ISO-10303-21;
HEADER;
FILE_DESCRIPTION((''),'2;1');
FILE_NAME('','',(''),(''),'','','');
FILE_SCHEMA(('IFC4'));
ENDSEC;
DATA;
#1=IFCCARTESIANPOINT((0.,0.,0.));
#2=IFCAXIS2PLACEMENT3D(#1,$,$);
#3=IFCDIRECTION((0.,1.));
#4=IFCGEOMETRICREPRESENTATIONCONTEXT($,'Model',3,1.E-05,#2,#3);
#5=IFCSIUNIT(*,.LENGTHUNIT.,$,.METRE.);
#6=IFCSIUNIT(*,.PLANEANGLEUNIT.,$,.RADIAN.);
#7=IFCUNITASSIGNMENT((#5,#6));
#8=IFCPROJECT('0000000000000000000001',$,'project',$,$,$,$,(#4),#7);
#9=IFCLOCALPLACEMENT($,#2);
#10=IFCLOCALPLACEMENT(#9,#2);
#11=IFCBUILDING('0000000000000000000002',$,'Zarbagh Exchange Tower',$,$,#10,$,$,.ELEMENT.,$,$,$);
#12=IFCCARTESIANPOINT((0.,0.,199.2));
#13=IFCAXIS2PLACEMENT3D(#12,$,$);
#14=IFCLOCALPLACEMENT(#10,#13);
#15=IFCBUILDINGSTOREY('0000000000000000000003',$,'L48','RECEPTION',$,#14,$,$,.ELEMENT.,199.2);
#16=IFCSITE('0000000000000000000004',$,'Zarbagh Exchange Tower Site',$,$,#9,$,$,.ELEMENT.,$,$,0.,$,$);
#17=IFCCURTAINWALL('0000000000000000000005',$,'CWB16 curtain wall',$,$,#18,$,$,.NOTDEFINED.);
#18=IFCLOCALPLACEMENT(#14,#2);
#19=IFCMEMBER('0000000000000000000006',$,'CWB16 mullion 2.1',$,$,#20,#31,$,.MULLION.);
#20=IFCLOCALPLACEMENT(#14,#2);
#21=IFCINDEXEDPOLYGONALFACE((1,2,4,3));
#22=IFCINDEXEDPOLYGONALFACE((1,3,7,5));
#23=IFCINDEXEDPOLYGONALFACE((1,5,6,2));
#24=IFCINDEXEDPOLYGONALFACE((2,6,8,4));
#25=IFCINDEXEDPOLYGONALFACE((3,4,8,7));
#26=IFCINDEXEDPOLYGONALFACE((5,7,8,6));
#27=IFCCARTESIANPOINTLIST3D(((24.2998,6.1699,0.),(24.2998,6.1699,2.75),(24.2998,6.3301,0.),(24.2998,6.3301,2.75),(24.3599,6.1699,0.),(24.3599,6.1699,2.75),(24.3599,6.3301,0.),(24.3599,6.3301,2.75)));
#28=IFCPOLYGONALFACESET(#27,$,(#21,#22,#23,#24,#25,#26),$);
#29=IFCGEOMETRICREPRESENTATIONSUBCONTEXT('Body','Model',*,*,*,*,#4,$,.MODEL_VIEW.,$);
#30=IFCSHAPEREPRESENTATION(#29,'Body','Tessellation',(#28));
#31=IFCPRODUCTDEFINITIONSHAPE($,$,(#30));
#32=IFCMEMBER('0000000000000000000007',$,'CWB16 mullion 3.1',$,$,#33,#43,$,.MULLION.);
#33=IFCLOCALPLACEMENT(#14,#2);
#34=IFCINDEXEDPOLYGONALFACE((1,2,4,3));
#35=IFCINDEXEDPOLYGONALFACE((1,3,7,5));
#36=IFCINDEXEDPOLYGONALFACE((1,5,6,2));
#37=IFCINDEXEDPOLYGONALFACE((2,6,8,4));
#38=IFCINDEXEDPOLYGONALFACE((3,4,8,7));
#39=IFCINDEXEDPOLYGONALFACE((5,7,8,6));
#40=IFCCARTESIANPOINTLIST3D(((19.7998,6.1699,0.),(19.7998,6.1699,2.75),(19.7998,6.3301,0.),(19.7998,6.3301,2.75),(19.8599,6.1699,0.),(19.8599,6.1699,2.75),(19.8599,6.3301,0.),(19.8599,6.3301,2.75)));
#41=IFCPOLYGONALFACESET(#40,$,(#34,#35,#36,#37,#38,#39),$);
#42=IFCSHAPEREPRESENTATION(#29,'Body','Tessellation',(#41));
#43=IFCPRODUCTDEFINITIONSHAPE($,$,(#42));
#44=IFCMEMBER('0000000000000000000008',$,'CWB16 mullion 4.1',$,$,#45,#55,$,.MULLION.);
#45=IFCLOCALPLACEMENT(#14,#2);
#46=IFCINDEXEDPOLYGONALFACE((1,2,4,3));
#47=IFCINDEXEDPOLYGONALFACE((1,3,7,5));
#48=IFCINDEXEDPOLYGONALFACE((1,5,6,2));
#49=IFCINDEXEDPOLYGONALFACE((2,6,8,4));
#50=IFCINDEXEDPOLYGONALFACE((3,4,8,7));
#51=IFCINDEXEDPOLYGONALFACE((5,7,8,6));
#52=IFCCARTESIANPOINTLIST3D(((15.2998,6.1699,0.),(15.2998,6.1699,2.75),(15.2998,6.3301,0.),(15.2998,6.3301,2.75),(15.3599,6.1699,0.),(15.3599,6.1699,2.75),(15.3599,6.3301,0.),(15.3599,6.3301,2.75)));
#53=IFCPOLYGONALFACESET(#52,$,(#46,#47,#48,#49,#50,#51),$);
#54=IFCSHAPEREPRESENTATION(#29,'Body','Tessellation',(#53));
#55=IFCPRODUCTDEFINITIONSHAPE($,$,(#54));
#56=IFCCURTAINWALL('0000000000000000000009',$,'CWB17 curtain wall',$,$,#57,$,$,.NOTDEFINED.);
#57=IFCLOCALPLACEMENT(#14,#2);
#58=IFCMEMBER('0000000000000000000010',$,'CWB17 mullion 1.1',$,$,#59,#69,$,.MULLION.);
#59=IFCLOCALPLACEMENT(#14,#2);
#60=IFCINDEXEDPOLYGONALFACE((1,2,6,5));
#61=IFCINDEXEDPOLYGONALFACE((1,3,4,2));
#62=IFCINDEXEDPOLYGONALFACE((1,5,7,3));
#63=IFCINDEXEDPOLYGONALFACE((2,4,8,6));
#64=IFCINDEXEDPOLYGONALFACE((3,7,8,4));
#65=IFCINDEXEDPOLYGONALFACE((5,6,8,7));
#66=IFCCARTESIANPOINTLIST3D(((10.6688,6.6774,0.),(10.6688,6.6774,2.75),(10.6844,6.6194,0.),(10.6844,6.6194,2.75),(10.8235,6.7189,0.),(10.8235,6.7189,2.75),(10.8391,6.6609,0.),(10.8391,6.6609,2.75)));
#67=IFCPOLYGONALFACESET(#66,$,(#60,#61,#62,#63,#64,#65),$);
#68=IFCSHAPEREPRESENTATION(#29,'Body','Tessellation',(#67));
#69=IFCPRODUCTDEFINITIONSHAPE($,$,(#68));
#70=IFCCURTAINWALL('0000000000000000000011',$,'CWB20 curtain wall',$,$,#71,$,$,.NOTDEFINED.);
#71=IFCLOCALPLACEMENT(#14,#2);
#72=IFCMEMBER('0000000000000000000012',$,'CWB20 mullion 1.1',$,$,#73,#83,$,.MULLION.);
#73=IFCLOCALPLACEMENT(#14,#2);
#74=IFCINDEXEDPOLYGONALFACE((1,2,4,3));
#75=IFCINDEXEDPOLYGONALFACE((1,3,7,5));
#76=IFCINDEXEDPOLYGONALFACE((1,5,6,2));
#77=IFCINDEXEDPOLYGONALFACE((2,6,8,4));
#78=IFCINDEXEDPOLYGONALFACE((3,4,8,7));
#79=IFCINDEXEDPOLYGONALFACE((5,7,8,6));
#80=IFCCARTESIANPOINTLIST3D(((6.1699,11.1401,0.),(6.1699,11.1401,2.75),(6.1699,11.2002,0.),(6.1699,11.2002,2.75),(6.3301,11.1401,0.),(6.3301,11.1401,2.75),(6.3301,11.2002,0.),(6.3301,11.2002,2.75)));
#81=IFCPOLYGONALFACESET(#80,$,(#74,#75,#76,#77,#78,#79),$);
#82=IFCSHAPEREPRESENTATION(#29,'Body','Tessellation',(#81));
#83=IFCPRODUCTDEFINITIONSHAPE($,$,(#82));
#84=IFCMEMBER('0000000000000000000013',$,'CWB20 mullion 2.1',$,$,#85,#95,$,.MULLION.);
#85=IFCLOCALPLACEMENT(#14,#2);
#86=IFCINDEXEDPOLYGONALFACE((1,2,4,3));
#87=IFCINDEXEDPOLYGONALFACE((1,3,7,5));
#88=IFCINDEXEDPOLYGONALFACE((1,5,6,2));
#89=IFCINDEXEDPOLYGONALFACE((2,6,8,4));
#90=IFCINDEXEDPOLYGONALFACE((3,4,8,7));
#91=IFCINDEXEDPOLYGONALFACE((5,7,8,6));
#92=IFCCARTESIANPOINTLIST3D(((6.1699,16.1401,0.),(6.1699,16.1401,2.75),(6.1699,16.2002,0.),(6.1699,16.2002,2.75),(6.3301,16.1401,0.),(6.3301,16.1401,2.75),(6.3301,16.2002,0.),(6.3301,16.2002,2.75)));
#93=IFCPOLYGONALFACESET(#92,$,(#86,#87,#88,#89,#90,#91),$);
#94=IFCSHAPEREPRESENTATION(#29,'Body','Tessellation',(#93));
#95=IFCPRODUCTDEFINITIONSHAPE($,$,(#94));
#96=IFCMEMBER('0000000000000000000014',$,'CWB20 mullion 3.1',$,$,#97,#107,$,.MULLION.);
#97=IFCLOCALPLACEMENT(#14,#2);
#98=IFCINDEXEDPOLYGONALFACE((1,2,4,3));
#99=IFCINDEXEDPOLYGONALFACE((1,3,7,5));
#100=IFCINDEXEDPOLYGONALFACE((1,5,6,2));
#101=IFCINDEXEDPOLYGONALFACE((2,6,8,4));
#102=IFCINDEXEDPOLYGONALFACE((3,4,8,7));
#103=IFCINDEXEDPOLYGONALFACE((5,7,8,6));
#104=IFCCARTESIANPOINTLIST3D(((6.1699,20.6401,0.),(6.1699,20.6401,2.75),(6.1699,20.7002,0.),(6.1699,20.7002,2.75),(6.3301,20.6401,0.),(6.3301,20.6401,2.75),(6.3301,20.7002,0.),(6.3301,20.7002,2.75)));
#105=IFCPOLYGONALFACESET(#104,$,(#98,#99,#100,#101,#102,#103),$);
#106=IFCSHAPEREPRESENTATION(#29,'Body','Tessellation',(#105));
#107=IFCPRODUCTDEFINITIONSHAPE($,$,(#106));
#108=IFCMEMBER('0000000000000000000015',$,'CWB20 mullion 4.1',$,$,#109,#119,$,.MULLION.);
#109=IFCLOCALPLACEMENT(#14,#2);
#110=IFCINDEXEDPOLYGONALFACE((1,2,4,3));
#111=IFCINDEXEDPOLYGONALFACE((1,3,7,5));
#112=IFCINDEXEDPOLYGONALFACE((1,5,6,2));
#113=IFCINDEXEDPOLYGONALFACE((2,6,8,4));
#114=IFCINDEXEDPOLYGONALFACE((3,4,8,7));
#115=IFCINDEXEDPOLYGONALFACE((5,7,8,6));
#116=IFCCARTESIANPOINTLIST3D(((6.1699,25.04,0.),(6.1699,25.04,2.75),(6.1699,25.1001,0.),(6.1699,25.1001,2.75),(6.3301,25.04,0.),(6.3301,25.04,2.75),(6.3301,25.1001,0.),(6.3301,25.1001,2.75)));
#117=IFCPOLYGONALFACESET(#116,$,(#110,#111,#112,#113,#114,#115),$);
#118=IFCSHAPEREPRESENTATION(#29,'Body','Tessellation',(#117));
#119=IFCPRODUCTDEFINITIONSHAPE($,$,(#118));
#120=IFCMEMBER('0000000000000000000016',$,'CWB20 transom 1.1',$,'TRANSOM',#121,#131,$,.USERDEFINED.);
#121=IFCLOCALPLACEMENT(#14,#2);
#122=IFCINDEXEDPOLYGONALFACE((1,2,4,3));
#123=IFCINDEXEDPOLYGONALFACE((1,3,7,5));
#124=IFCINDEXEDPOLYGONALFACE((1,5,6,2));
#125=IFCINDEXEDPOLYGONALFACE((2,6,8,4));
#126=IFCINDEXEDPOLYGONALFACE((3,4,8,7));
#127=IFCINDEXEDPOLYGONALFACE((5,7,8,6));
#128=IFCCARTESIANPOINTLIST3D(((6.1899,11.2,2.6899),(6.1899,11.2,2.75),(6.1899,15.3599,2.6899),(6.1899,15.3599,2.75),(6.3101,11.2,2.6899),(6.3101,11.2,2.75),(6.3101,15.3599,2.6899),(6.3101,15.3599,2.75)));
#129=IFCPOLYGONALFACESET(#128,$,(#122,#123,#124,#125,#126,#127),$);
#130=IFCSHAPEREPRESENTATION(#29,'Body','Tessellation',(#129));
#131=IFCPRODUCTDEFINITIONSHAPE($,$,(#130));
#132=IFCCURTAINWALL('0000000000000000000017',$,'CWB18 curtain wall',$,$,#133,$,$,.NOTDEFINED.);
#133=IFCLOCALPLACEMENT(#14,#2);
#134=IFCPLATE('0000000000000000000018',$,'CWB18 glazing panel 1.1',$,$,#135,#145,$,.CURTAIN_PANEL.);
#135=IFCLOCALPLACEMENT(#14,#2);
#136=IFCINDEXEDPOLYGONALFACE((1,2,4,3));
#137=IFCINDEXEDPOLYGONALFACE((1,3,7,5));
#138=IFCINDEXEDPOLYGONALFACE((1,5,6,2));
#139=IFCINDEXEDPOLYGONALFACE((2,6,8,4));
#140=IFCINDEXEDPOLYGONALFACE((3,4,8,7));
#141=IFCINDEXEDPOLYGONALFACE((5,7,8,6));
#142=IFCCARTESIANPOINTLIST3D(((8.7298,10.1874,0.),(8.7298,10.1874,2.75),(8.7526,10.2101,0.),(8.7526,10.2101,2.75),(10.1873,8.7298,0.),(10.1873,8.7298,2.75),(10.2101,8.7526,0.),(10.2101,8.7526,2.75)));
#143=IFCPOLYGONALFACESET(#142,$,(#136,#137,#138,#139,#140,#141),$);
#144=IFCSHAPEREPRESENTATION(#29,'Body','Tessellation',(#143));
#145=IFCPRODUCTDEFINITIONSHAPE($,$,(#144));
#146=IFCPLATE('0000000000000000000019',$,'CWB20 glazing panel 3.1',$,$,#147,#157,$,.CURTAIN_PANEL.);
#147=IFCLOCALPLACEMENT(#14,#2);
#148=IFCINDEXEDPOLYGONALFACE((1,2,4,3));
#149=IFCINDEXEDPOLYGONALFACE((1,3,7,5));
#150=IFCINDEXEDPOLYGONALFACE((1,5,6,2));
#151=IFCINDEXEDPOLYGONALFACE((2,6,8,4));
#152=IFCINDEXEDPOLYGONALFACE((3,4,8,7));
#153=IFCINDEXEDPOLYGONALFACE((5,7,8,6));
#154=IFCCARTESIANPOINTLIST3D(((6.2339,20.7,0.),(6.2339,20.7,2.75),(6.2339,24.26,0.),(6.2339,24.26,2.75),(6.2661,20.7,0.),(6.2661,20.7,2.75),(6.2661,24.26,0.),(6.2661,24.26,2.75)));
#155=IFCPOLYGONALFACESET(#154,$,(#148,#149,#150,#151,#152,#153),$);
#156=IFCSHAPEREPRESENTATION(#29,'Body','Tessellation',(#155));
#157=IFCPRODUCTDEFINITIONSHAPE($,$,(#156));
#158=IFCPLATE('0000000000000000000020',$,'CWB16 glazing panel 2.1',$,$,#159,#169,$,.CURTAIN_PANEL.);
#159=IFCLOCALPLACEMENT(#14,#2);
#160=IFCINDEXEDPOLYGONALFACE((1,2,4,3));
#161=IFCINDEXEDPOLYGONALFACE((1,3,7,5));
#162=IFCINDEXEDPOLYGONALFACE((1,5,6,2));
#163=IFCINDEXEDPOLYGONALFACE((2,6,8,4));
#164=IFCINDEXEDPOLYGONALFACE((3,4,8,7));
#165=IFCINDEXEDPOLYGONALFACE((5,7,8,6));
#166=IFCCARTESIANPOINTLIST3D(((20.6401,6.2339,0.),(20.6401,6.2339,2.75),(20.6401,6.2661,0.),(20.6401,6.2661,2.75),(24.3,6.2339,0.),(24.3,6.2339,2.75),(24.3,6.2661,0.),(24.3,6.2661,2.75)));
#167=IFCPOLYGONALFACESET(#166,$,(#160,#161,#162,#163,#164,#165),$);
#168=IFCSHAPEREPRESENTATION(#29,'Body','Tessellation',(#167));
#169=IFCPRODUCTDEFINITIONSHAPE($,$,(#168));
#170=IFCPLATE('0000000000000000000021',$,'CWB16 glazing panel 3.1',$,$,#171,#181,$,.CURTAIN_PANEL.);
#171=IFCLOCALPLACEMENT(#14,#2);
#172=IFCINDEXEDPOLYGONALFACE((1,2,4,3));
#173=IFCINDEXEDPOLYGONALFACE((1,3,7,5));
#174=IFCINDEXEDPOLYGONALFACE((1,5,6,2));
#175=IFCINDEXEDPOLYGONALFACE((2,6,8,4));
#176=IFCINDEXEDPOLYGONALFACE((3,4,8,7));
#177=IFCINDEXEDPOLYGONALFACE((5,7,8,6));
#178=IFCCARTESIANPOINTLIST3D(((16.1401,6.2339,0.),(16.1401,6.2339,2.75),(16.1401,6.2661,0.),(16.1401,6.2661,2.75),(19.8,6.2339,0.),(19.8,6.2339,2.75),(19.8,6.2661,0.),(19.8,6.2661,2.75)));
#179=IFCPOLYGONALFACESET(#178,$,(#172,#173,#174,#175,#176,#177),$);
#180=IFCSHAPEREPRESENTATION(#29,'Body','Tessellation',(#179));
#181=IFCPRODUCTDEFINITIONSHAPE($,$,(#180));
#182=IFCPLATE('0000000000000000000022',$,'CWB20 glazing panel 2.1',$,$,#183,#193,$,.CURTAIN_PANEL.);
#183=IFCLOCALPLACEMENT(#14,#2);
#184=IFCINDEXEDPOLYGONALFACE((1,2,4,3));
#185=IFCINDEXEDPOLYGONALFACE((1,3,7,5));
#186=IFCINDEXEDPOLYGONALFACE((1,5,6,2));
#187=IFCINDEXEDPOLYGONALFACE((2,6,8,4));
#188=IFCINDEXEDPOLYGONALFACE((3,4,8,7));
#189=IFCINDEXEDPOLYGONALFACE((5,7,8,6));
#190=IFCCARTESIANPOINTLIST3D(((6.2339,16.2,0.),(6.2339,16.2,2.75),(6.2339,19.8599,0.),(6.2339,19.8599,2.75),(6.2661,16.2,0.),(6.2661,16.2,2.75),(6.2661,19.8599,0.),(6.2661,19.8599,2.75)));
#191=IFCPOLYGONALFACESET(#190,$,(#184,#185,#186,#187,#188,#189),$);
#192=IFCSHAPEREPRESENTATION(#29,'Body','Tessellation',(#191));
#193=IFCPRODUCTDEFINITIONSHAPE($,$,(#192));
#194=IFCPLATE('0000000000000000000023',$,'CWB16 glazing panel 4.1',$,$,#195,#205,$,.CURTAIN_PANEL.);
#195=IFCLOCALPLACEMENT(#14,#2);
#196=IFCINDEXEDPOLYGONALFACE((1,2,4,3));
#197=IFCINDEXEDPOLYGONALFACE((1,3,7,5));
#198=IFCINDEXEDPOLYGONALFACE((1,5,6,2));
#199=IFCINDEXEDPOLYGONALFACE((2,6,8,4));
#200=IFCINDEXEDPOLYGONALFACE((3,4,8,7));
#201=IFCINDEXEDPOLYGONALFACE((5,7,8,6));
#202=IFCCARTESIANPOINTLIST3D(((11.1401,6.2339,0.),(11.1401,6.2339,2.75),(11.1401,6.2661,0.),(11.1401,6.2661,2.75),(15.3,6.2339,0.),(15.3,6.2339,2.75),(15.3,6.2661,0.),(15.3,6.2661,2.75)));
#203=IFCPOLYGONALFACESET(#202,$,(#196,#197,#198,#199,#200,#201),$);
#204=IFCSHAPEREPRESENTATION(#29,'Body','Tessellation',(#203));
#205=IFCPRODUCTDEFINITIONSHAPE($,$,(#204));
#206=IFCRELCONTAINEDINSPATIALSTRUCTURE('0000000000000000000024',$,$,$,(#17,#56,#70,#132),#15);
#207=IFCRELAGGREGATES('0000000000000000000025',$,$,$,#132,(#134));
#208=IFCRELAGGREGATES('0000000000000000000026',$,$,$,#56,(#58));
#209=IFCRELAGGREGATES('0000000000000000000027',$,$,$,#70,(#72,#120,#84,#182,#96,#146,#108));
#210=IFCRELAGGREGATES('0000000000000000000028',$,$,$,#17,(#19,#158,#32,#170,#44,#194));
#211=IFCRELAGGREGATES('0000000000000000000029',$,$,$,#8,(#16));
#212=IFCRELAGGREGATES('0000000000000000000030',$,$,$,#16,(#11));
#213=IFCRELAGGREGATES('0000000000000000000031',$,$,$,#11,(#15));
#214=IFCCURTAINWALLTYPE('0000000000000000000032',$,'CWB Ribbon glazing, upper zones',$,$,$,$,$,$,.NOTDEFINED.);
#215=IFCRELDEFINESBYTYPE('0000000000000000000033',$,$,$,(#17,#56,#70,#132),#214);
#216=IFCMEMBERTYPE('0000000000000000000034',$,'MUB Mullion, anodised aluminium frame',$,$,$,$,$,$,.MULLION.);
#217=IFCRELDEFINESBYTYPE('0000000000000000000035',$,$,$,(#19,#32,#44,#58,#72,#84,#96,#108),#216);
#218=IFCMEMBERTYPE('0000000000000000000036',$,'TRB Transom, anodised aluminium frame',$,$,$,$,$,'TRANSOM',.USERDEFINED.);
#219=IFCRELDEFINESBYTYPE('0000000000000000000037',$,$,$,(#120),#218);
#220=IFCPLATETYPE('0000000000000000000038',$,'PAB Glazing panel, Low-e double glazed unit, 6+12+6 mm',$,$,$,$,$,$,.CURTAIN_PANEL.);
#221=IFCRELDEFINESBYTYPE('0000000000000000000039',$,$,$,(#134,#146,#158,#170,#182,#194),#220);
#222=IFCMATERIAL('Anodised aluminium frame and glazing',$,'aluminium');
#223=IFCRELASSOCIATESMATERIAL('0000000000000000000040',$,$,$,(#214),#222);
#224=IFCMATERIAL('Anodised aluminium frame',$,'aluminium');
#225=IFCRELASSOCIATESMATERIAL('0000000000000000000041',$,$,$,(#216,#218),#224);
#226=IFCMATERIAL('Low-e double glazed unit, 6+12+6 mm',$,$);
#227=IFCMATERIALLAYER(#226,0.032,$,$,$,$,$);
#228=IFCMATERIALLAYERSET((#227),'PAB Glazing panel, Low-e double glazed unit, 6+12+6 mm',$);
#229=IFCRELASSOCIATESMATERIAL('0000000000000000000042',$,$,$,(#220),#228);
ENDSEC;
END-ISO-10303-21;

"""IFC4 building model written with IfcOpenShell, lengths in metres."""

from ifc_helpers import new_model, si_unit, direction, frame, origin, place, context, subcontext, project, spatial, polyline, outline, extrude, source, transform, mapped, material, layer, layer_set, type_object, element, aggregate, save


model = new_model("IFC4")

# Units and contexts
model_context = context("Model", 3, precision=1e-05, world=origin(), true_north=direction((0.0, 1.0)))
body_context = subcontext(model_context, "Body", "Model", "MODEL_VIEW")
ifc_project = project(units=[si_unit("LENGTHUNIT", "METRE"), si_unit("PLANEANGLEUNIT", "RADIAN")], contexts=[model_context])

# Site, building, storey
site_placement = place(None, origin())
site = spatial("IfcSite", under=ifc_project, at=site_placement, Name="Zarbagh Exchange Tower Site", CompositionType="ELEMENT", RefElevation=0.0)
building_placement = place(site_placement, origin())
building = spatial("IfcBuilding", under=site, at=building_placement, Name="Zarbagh Exchange Tower", CompositionType="ELEMENT")
storey_placement = place(building_placement, frame((0.0, 0.0, 199.2)))
storey = spatial("IfcBuildingStorey", under=building, at=storey_placement, Name="L48", Description="RECEPTION", CompositionType="ELEMENT", Elevation=199.2)

# Curtain wall, members
ifc_material_1 = material(Name="Anodised aluminium frame and glazing", Category="aluminium")
curtain_wall_type = type_object("IfcCurtainWallType", Name="CWB Ribbon glazing, upper zones", PredefinedType="NOTDEFINED", material=ifc_material_1)
curtain_wall_1_placement = place(storey_placement, origin())
curtain_wall_1 = element("IfcCurtainWall", 1, at=curtain_wall_1_placement, inside=storey, type_object=curtain_wall_type, Name="CWB16 curtain wall", PredefinedType="NOTDEFINED")
ifc_material_2 = material(Name="Anodised aluminium frame", Category="aluminium")
member_type_1 = type_object("IfcMemberType", Name="MUB Mullion, anodised aluminium frame", PredefinedType="MULLION", material=ifc_material_2)
shared_shape_1 = source(origin(), body_context, "Body", "SweptSolid", [
    extrude(outline(polyline([(0.0, -0.0801), (0.0601, -0.0801), (0.0601, 0.0801), (0.0, 0.0801), (0.0, -0.0801)])), origin(), (0.0, 0.0, 1.0), 2.75),
])
placement = place(storey_placement, origin())
member_1 = element("IfcMember", 2, at=placement, type_object=member_type_1, Name="CWB16 mullion 2.1", PredefinedType="MULLION", context=body_context, shape_type="MappedRepresentation", body=[
    mapped(shared_shape_1, transform((24.3599, 6.25, 0.0), x_axis=(-1.0, 0.0, 0.0), y_axis=(0.0, -1.0, 0.0), z_axis=(0.0, 0.0, 1.0))),
])
member_2 = element("IfcMember", 3, at=placement, type_object=member_type_1, Name="CWB16 mullion 3.1", PredefinedType="MULLION", context=body_context, shape_type="MappedRepresentation", body=[
    mapped(shared_shape_1, transform((19.8599, 6.25, 0.0), x_axis=(-1.0, 0.0, 0.0), y_axis=(0.0, -1.0, 0.0), z_axis=(0.0, 0.0, 1.0))),
])
member_3 = element("IfcMember", 4, at=placement, type_object=member_type_1, Name="CWB16 mullion 4.1", PredefinedType="MULLION", context=body_context, shape_type="MappedRepresentation", body=[
    mapped(shared_shape_1, transform((15.3599, 6.25, 0.0), x_axis=(-1.0, 0.0, 0.0), y_axis=(0.0, -1.0, 0.0), z_axis=(0.0, 0.0, 1.0))),
])

# Curtain wall, member
curtain_wall_2_placement = place(storey_placement, origin())
curtain_wall_2 = element("IfcCurtainWall", 5, at=curtain_wall_2_placement, inside=storey, type_object=curtain_wall_type, Name="CWB17 curtain wall", PredefinedType="NOTDEFINED")
member_4 = element("IfcMember", 6, at=placement, type_object=member_type_1, Name="CWB17 mullion 1.1", PredefinedType="MULLION", context=body_context, shape_type="MappedRepresentation", body=[
    mapped(shared_shape_1, transform((10.7617, 6.6401, 0.0), x_axis=(-0.258825, 0.965924, 0.0), y_axis=(-0.965924, -0.258825, 0.0), z_axis=(0.0, 0.0, 1.0))),
])

# Curtain wall, members
curtain_wall_3_placement = place(storey_placement, origin())
curtain_wall_3 = element("IfcCurtainWall", 7, at=curtain_wall_3_placement, inside=storey, type_object=curtain_wall_type, Name="CWB20 curtain wall", PredefinedType="NOTDEFINED")
member_5 = element("IfcMember", 8, at=placement, type_object=member_type_1, Name="CWB20 mullion 1.1", PredefinedType="MULLION", context=body_context, shape_type="MappedRepresentation", body=[
    mapped(shared_shape_1, transform((6.25, 11.1401, 0.0), x_axis=(0.0, 1.0, 0.0), y_axis=(-1.0, 0.0, 0.0), z_axis=(0.0, 0.0, 1.0))),
])
member_6 = element("IfcMember", 9, at=placement, type_object=member_type_1, Name="CWB20 mullion 2.1", PredefinedType="MULLION", context=body_context, shape_type="MappedRepresentation", body=[
    mapped(shared_shape_1, transform((6.25, 16.1401, 0.0), x_axis=(0.0, 1.0, 0.0), y_axis=(-1.0, 0.0, 0.0), z_axis=(0.0, 0.0, 1.0))),
])
member_7 = element("IfcMember", 10, at=placement, type_object=member_type_1, Name="CWB20 mullion 3.1", PredefinedType="MULLION", context=body_context, shape_type="MappedRepresentation", body=[
    mapped(shared_shape_1, transform((6.25, 20.6401, 0.0), x_axis=(0.0, 1.0, 0.0), y_axis=(-1.0, 0.0, 0.0), z_axis=(0.0, 0.0, 1.0))),
])
member_8 = element("IfcMember", 11, at=placement, type_object=member_type_1, Name="CWB20 mullion 4.1", PredefinedType="MULLION", context=body_context, shape_type="MappedRepresentation", body=[
    mapped(shared_shape_1, transform((6.25, 25.04, 0.0), x_axis=(0.0, 1.0, 0.0), y_axis=(-1.0, 0.0, 0.0), z_axis=(0.0, 0.0, 1.0))),
])
member_type_2 = type_object("IfcMemberType", Name="TRB Transom, anodised aluminium frame", ElementType="TRANSOM", PredefinedType="USERDEFINED", material=ifc_material_2)
shared_shape_2 = source(origin(), body_context, "Body", "SweptSolid", [
    extrude(outline(polyline([(-0.0601, -0.0601), (0.0, -0.0601), (0.0, 0.0601), (-0.0601, 0.0601), (-0.0601, -0.0601)])), origin(), (0.0, 0.0, 1.0), 4.1599),
])
member_9 = element("IfcMember", 12, at=placement, type_object=member_type_2, Name="CWB20 transom 1.1", ObjectType="TRANSOM", PredefinedType="USERDEFINED", context=body_context, shape_type="MappedRepresentation", body=[
    mapped(shared_shape_2, transform((6.25, 11.2, 2.75), x_axis=(0.0, 0.0, 1.0), y_axis=(1.0, 0.0, 0.0), z_axis=(0.0, 1.0, 0.0))),
])

# Curtain wall, plate
curtain_wall_4_placement = place(storey_placement, origin())
curtain_wall_4 = element("IfcCurtainWall", 13, at=curtain_wall_4_placement, inside=storey, type_object=curtain_wall_type, Name="CWB18 curtain wall", PredefinedType="NOTDEFINED")
ifc_material_3 = material(Name="Low-e double glazed unit, 6+12+6 mm")
ifc_layer_1 = layer(ifc_material_3, 0.032)
ifc_layer_set_1 = layer_set([ifc_layer_1], Name="PAB Glazing panel, Low-e double glazed unit, 6+12+6 mm")
plate_type = type_object("IfcPlateType", Name="PAB Glazing panel, Low-e double glazed unit, 6+12+6 mm", PredefinedType="CURTAIN_PANEL", material=ifc_layer_set_1)
shared_shape_3 = source(origin(), body_context, "Body", "SweptSolid", [
    extrude(outline(polyline([(0.0, -0.0161), (2.0613, -0.0161), (2.0613, 0.0161), (0.0, 0.0161), (0.0, -0.0161)])), origin(), (0.0, 0.0, 1.0), 2.75),
])
plate_1 = element("IfcPlate", 14, at=placement, type_object=plate_type, Name="CWB18 glazing panel 1.1", PredefinedType="CURTAIN_PANEL", context=body_context, shape_type="MappedRepresentation", body=[
    mapped(shared_shape_3, transform((10.1987, 8.7412, 0.0), x_axis=(-0.707107, 0.707107, 0.0), y_axis=(-0.707107, -0.707107, 0.0), z_axis=(0.0, 0.0, 1.0))),
])
aggregate(curtain_wall_4, [plate_1])

# Plates
shared_shape_4 = source(origin(), body_context, "Body", "SweptSolid", [
    extrude(outline(polyline([(0.0, -0.0161), (3.5601, -0.0161), (3.5601, 0.0161), (0.0, 0.0161), (0.0, -0.0161)])), origin(), (0.0, 0.0, 1.0), 2.75),
])
plate_2 = element("IfcPlate", 15, at=placement, type_object=plate_type, Name="CWB20 glazing panel 3.1", PredefinedType="CURTAIN_PANEL", context=body_context, shape_type="MappedRepresentation", body=[
    mapped(shared_shape_4, transform((6.25, 20.7, 0.0), x_axis=(0.0, 1.0, 0.0), y_axis=(-1.0, 0.0, 0.0), z_axis=(0.0, 0.0, 1.0))),
])
shared_shape_5 = source(origin(), body_context, "Body", "SweptSolid", [
    extrude(outline(polyline([(0.0, -0.0161), (3.6599, -0.0161), (3.6599, 0.0161), (0.0, 0.0161), (0.0, -0.0161)])), origin(), (0.0, 0.0, 1.0), 2.75),
])
plate_3 = element("IfcPlate", 16, at=placement, type_object=plate_type, Name="CWB16 glazing panel 2.1", PredefinedType="CURTAIN_PANEL", context=body_context, shape_type="MappedRepresentation", body=[
    mapped(shared_shape_5, transform((24.3, 6.25, 0.0), x_axis=(-1.0, 0.0, 0.0), y_axis=(0.0, -1.0, 0.0), z_axis=(0.0, 0.0, 1.0))),
])
plate_4 = element("IfcPlate", 17, at=placement, type_object=plate_type, Name="CWB16 glazing panel 3.1", PredefinedType="CURTAIN_PANEL", context=body_context, shape_type="MappedRepresentation", body=[
    mapped(shared_shape_5, transform((19.8, 6.25, 0.0), x_axis=(-1.0, 0.0, 0.0), y_axis=(0.0, -1.0, 0.0), z_axis=(0.0, 0.0, 1.0))),
])
plate_5 = element("IfcPlate", 18, at=placement, type_object=plate_type, Name="CWB20 glazing panel 2.1", PredefinedType="CURTAIN_PANEL", context=body_context, shape_type="MappedRepresentation", body=[
    mapped(shared_shape_5, transform((6.25, 16.2, 0.0), x_axis=(0.0, 1.0, 0.0), y_axis=(-1.0, 0.0, 0.0), z_axis=(0.0, 0.0, 1.0))),
])
shared_shape_6 = source(origin(), body_context, "Body", "SweptSolid", [
    extrude(outline(polyline([(0.0, -0.0161), (4.1599, -0.0161), (4.1599, 0.0161), (0.0, 0.0161), (0.0, -0.0161)])), origin(), (0.0, 0.0, 1.0), 2.75),
])
plate_6 = element("IfcPlate", 19, at=placement, type_object=plate_type, Name="CWB16 glazing panel 4.1", PredefinedType="CURTAIN_PANEL", context=body_context, shape_type="MappedRepresentation", body=[
    mapped(shared_shape_6, transform((15.3, 6.25, 0.0), x_axis=(-1.0, 0.0, 0.0), y_axis=(0.0, -1.0, 0.0), z_axis=(0.0, 0.0, 1.0))),
])
aggregate(curtain_wall_2, [member_4])

aggregate(curtain_wall_3, [member_5, member_9, member_6, plate_5, member_7, plate_2, member_8])
aggregate(curtain_wall_1, [member_1, plate_3, member_2, plate_4, member_3, plate_6])

save(model, "model.ifc")
